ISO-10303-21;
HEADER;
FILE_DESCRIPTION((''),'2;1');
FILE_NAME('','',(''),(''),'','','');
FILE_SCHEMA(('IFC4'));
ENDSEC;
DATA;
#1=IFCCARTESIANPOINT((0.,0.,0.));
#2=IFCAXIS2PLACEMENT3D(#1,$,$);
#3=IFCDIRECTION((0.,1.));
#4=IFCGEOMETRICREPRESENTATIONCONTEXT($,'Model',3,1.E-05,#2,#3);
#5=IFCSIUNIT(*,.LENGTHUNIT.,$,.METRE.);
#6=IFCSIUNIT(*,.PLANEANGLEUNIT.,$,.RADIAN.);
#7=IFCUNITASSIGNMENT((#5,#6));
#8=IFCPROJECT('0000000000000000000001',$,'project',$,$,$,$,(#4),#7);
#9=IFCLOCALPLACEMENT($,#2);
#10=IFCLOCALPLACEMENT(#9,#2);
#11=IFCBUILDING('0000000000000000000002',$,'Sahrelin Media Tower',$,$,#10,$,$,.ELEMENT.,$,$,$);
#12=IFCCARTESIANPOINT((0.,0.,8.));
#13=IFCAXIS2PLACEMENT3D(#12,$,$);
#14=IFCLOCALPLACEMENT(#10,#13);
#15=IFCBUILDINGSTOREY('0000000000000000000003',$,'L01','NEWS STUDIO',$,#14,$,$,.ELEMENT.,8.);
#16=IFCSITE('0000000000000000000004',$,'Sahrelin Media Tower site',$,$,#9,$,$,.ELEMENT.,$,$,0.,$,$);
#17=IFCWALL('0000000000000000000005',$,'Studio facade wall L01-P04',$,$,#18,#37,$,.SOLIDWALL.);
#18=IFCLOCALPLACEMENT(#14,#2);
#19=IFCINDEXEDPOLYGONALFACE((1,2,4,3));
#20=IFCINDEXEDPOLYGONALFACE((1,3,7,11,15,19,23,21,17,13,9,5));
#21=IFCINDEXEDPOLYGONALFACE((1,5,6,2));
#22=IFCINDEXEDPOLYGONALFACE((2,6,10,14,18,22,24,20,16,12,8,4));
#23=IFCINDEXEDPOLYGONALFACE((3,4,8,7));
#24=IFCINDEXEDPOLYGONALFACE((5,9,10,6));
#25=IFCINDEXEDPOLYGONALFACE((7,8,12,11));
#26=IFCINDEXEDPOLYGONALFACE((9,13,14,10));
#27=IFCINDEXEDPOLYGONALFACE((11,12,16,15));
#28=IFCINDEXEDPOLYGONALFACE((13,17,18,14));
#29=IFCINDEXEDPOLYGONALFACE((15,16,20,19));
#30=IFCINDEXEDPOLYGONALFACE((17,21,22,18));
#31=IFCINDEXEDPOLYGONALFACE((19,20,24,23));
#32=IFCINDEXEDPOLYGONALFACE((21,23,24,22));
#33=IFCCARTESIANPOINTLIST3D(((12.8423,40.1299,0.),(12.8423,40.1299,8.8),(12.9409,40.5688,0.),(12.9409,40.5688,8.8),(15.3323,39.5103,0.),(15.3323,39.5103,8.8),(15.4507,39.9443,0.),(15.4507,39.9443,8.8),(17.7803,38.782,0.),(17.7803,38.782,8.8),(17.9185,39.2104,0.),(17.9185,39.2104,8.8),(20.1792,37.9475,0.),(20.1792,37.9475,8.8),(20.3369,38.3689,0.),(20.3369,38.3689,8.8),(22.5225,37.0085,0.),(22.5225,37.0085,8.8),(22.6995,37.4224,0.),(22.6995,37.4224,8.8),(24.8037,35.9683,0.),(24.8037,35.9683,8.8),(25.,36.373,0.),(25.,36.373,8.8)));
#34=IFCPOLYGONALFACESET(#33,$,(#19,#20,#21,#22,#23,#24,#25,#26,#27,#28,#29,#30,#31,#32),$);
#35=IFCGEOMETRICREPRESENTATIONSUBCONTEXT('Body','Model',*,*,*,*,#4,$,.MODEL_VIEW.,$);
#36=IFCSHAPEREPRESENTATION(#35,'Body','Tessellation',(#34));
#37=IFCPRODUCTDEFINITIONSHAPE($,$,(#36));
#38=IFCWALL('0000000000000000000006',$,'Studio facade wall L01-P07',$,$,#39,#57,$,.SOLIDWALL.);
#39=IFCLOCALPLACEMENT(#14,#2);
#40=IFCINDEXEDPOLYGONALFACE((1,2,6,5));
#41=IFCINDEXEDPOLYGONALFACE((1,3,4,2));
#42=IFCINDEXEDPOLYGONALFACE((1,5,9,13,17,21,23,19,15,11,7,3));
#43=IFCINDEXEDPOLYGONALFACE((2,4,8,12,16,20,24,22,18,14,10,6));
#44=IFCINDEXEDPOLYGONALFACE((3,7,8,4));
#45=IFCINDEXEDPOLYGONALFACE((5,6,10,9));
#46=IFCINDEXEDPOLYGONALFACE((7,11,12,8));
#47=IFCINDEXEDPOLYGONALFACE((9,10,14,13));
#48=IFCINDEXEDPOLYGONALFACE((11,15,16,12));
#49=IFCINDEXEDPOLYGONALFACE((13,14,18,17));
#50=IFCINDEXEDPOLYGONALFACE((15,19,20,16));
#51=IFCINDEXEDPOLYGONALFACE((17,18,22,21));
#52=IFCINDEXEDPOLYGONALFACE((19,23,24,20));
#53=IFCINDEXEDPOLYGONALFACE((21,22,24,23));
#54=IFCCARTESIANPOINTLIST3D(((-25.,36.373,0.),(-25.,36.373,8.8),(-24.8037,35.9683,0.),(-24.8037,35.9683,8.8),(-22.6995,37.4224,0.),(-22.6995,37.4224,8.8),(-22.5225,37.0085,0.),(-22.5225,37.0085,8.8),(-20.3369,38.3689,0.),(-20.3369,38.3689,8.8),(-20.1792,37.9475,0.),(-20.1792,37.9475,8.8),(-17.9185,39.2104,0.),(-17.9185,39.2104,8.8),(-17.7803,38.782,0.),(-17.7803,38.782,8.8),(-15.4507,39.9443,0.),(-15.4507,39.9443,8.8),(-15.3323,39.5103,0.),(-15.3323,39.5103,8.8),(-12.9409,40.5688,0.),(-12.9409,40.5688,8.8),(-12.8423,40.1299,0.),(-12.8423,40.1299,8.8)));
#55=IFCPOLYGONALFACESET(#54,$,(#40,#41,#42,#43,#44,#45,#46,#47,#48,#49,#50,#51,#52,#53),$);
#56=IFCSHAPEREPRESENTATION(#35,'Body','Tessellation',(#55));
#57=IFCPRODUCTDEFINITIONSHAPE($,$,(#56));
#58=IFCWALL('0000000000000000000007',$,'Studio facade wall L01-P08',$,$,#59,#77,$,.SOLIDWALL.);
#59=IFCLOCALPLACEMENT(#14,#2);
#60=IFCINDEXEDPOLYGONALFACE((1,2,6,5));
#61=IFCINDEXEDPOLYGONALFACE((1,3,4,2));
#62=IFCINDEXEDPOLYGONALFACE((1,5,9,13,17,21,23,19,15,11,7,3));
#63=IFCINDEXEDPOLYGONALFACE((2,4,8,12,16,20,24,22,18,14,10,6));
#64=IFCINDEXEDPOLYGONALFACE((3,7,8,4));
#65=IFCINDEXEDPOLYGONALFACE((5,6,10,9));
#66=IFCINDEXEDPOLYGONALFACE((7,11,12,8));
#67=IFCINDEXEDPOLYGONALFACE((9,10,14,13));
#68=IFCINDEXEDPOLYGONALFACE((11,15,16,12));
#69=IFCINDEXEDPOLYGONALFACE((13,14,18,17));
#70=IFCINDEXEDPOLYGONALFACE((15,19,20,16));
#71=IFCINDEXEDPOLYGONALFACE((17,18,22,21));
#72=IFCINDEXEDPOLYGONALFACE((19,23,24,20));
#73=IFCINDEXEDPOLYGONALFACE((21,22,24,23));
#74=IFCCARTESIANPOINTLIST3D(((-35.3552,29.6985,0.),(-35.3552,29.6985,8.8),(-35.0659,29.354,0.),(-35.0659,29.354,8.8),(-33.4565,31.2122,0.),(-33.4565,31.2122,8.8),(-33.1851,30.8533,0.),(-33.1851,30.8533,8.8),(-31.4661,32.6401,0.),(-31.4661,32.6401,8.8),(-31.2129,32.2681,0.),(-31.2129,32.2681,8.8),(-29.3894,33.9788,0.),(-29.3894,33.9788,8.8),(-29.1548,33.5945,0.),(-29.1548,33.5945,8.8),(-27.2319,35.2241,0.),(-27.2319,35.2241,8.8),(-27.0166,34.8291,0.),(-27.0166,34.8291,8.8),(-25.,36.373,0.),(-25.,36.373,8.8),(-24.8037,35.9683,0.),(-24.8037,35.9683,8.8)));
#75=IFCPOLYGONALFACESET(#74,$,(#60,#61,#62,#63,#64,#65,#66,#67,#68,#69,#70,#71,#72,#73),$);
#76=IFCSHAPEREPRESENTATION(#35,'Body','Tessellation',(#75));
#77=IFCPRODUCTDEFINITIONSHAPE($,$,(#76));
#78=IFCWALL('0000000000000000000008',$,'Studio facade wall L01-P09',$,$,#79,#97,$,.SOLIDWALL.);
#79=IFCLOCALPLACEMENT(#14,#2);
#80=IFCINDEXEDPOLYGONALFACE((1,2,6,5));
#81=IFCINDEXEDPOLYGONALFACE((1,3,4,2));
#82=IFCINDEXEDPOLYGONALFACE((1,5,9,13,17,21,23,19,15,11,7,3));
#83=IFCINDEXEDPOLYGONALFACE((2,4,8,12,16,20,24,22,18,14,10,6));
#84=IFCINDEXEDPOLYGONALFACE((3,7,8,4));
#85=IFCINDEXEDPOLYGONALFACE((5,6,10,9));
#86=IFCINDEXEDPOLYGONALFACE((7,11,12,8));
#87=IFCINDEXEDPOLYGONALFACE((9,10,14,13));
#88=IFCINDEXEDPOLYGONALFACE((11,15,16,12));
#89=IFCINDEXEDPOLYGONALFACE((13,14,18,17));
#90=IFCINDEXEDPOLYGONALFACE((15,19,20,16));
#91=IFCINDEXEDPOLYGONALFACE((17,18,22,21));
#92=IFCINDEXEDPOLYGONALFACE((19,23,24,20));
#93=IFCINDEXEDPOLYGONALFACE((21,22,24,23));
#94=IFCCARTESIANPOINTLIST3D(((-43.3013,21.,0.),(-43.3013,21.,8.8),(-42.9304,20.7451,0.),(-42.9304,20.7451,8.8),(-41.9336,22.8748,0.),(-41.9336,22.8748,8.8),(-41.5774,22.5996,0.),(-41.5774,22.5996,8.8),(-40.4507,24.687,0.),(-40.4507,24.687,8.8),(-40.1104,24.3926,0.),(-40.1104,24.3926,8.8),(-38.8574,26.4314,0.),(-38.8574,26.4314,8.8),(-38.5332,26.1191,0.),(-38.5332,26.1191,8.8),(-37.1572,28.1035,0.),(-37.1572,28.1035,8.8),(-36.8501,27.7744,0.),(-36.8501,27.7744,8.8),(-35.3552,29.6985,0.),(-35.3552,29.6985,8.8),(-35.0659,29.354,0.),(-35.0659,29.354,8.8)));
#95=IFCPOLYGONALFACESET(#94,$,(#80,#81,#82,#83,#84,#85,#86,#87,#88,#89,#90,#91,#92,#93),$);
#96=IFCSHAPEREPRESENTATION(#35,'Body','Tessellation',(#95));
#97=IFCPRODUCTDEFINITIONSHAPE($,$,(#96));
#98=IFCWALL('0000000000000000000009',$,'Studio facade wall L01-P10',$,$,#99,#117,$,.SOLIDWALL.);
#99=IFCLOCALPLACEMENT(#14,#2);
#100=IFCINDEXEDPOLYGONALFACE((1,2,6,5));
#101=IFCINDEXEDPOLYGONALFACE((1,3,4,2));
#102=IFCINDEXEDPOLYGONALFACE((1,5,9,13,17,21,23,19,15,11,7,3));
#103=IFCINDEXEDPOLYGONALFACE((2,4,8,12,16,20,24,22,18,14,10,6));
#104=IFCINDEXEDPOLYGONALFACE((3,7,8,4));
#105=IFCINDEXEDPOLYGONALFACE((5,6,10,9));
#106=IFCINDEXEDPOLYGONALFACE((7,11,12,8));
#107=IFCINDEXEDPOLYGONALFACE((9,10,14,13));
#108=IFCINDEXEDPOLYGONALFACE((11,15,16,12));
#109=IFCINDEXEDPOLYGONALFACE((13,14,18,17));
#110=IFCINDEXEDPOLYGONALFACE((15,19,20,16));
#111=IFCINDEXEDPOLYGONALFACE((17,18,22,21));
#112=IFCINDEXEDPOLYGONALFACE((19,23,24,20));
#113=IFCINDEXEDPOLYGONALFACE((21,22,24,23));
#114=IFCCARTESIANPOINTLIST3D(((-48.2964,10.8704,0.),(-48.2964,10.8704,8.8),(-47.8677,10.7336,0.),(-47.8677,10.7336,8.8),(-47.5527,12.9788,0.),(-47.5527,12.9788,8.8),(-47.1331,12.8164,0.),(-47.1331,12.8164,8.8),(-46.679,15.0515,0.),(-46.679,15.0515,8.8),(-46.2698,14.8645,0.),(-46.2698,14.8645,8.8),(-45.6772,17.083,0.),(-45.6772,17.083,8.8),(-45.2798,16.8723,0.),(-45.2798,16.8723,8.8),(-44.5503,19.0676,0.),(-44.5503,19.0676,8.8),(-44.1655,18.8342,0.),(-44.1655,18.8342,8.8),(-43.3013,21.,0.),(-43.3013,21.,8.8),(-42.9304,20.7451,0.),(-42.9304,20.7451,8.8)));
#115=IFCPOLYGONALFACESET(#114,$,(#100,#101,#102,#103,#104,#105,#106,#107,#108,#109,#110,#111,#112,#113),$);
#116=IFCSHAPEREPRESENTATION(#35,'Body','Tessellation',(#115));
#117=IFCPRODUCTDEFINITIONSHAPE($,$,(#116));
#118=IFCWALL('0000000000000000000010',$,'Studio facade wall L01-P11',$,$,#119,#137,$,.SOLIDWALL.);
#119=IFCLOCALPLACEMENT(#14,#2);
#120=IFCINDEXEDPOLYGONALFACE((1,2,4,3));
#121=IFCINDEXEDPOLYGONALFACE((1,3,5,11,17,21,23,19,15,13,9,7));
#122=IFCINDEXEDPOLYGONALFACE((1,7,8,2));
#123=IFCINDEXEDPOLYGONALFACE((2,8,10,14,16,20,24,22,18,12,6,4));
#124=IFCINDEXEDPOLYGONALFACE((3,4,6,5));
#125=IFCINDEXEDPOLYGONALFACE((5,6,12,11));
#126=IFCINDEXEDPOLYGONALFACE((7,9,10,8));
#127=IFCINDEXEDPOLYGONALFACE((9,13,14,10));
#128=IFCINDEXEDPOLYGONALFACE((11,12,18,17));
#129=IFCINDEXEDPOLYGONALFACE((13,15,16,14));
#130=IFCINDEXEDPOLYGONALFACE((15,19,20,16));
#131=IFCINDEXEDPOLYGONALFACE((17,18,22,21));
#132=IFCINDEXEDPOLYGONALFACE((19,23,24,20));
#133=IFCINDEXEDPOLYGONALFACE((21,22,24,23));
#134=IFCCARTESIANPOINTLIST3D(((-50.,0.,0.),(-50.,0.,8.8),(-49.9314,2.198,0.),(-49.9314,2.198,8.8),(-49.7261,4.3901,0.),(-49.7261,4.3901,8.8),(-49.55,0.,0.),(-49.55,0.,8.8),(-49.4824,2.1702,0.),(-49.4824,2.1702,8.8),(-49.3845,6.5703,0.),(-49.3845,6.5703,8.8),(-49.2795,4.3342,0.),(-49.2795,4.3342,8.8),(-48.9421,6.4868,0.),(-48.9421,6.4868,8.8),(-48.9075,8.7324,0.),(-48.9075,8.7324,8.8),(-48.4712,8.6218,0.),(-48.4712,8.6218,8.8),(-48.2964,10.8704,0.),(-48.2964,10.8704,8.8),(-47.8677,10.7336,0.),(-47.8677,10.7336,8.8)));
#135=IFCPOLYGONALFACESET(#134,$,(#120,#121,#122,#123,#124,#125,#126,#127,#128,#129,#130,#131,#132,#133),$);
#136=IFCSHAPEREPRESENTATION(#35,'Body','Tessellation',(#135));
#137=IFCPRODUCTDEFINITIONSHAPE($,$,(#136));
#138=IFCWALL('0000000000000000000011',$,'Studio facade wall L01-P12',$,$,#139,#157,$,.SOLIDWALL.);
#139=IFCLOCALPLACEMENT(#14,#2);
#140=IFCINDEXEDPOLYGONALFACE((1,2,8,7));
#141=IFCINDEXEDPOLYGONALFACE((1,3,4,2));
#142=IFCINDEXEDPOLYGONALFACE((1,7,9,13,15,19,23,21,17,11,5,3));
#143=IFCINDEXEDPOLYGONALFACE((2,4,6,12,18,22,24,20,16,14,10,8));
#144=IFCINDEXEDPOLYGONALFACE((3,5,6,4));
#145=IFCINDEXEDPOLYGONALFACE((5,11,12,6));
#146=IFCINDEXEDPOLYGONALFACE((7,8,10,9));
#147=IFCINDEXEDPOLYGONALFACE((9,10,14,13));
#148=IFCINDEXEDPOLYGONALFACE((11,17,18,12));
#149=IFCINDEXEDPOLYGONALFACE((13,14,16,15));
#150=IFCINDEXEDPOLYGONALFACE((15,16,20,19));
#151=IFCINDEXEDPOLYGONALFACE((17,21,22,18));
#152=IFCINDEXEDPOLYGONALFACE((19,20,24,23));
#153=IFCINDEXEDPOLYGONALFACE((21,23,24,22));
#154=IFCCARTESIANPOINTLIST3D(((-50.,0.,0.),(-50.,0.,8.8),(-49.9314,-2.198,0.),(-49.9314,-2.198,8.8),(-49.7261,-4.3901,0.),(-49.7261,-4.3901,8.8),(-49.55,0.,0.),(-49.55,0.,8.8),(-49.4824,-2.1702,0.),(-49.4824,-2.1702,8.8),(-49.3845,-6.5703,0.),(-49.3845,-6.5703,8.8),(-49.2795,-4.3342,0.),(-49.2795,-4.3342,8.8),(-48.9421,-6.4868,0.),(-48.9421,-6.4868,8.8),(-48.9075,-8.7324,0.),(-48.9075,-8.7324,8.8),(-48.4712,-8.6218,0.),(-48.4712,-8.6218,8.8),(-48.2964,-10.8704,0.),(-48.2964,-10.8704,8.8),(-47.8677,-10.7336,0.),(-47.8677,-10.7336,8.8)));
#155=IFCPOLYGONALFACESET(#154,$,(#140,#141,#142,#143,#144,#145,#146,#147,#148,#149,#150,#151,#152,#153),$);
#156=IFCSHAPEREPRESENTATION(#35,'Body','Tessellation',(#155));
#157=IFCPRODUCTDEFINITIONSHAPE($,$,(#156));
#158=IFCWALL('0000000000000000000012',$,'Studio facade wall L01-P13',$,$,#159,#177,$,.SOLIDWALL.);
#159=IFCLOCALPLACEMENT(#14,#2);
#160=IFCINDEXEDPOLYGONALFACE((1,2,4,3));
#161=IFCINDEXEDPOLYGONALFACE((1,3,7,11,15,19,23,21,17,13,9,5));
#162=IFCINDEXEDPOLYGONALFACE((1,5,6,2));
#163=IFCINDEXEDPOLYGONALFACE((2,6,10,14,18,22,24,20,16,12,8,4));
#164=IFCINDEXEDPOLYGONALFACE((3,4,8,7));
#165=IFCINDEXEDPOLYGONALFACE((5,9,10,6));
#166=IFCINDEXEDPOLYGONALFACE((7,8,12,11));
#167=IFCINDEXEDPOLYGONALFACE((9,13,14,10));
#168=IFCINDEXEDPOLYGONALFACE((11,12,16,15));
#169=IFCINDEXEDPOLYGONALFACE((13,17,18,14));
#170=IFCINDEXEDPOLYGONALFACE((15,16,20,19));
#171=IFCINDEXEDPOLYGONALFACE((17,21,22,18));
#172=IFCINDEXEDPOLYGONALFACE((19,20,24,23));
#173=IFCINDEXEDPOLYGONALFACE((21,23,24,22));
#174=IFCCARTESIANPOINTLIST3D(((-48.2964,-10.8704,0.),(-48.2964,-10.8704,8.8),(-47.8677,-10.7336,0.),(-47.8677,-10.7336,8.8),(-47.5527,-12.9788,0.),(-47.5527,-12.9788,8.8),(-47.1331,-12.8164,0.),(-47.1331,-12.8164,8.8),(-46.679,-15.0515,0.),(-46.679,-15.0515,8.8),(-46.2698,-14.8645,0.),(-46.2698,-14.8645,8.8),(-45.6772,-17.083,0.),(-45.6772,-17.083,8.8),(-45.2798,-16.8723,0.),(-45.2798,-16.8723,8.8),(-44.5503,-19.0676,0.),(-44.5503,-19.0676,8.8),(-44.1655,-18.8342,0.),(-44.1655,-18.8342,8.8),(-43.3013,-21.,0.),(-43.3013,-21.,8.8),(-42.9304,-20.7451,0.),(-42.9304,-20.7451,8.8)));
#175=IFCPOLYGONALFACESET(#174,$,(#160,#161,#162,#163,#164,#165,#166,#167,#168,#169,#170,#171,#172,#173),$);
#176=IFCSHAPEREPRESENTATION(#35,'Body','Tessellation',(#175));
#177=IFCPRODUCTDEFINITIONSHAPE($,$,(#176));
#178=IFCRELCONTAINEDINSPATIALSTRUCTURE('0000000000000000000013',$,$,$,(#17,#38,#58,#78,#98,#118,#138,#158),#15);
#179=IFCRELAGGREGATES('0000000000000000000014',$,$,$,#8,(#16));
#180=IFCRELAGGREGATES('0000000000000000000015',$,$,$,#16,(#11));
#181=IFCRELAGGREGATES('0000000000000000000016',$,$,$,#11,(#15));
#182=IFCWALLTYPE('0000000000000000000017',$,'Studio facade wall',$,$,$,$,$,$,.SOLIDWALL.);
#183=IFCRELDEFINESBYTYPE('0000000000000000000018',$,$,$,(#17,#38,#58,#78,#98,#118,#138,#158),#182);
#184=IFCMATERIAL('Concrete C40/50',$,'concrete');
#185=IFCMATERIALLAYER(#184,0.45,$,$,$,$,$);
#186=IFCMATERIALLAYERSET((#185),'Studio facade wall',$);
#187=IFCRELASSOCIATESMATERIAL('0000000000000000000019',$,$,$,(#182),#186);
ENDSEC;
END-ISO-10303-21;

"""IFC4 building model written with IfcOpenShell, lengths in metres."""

from ifc_helpers import new_model, si_unit, direction, frame, origin, place, context, subcontext, project, spatial, polyline, outline, extrude, material, layer, layer_set, type_object, element, save


model = new_model("IFC4")

# Units and contexts
model_context = context("Model", 3, precision=1e-05, world=origin(), true_north=direction((0.0, 1.0)))
body_context = subcontext(model_context, "Body", "Model", "MODEL_VIEW")
ifc_project = project(units=[si_unit("LENGTHUNIT", "METRE"), si_unit("PLANEANGLEUNIT", "RADIAN")], contexts=[model_context])

# Site, building, storey
site_placement = place(None, origin())
site = spatial("IfcSite", under=ifc_project, at=site_placement, Name="Sahrelin Media Tower site", CompositionType="ELEMENT", RefElevation=0.0)
building_placement = place(site_placement, origin())
building = spatial("IfcBuilding", under=site, at=building_placement, Name="Sahrelin Media Tower", CompositionType="ELEMENT")
storey_placement = place(building_placement, frame((0.0, 0.0, 8.0)))
storey = spatial("IfcBuildingStorey", under=building, at=storey_placement, Name="L01", Description="NEWS STUDIO", CompositionType="ELEMENT", Elevation=8.0)

# Shared definitions
ifc_material_1 = material(Name="Concrete C40/50", Category="concrete")

# Walls
placement = place(storey_placement, origin())
ifc_layer_1 = layer(ifc_material_1, 0.45)
ifc_layer_set_1 = layer_set([ifc_layer_1], Name="Studio facade wall")
wall_type_1 = type_object("IfcWallType", Name="Studio facade wall", PredefinedType="SOLIDWALL", material=ifc_layer_set_1)
element("IfcWall", 1, at=placement, inside=storey, type_object=wall_type_1, Name="Studio facade wall L01-P04", PredefinedType="SOLIDWALL", context=body_context, shape_type="SweptSolid", body=[
    extrude(outline(polyline([(25.0, 36.373), (22.6995, 37.4224), (20.3369, 38.3689), (17.9185, 39.2104), (15.4507, 39.9443), (12.9409, 40.5688), (12.8423, 40.1299), (15.3323, 39.5103), (17.7803, 38.782), (20.1792, 37.9475), (22.5225, 37.0085), (24.8037, 35.9683), (25.0, 36.373)])), origin(), (0.0, 0.0, 1.0), 8.8),
])
element("IfcWall", 2, at=placement, inside=storey, type_object=wall_type_1, Name="Studio facade wall L01-P07", PredefinedType="SOLIDWALL", context=body_context, shape_type="SweptSolid", body=[
    extrude(outline(polyline([(-12.9409, 40.5688), (-15.4507, 39.9443), (-17.9185, 39.2104), (-20.3369, 38.3689), (-22.6995, 37.4224), (-25.0, 36.373), (-24.8037, 35.9683), (-22.5225, 37.0085), (-20.1792, 37.9475), (-17.7803, 38.782), (-15.3323, 39.5103), (-12.8423, 40.1299), (-12.9409, 40.5688)])), origin(), (0.0, 0.0, 1.0), 8.8),
])
element("IfcWall", 3, at=placement, inside=storey, type_object=wall_type_1, Name="Studio facade wall L01-P08", PredefinedType="SOLIDWALL", context=body_context, shape_type="SweptSolid", body=[
    extrude(outline(polyline([(-25.0, 36.373), (-27.2319, 35.2241), (-29.3894, 33.9788), (-31.4661, 32.6401), (-33.4565, 31.2122), (-35.3552, 29.6985), (-35.0659, 29.354), (-33.1851, 30.8533), (-31.2129, 32.2681), (-29.1548, 33.5945), (-27.0166, 34.8291), (-24.8037, 35.9683), (-25.0, 36.373)])), origin(), (0.0, 0.0, 1.0), 8.8),
])
element("IfcWall", 4, at=placement, inside=storey, type_object=wall_type_1, Name="Studio facade wall L01-P09", PredefinedType="SOLIDWALL", context=body_context, shape_type="SweptSolid", body=[
    extrude(outline(polyline([(-35.3552, 29.6985), (-37.1572, 28.1035), (-38.8574, 26.4314), (-40.4507, 24.687), (-41.9336, 22.8748), (-43.3013, 21.0), (-42.9304, 20.7451), (-41.5774, 22.5996), (-40.1104, 24.3926), (-38.5332, 26.1191), (-36.8501, 27.7744), (-35.0659, 29.354), (-35.3552, 29.6985)])), origin(), (0.0, 0.0, 1.0), 8.8),
])
element("IfcWall", 5, at=placement, inside=storey, type_object=wall_type_1, Name="Studio facade wall L01-P10", PredefinedType="SOLIDWALL", context=body_context, shape_type="SweptSolid", body=[
    extrude(outline(polyline([(-43.3013, 21.0), (-44.5503, 19.0676), (-45.6772, 17.083), (-46.679, 15.0515), (-47.5527, 12.9788), (-48.2964, 10.8704), (-47.8677, 10.7336), (-47.1331, 12.8164), (-46.2698, 14.8645), (-45.2798, 16.8723), (-44.1655, 18.8342), (-42.9304, 20.7451), (-43.3013, 21.0)])), origin(), (0.0, 0.0, 1.0), 8.8),
])
element("IfcWall", 6, at=placement, inside=storey, type_object=wall_type_1, Name="Studio facade wall L01-P11", PredefinedType="SOLIDWALL", context=body_context, shape_type="SweptSolid", body=[
    extrude(outline(polyline([(-48.2964, 10.8704), (-48.9075, 8.7324), (-49.3845, 6.5703), (-49.7261, 4.3901), (-49.9314, 2.198), (-50.0, 0.0), (-49.55, 0.0), (-49.4824, 2.1702), (-49.2795, 4.3342), (-48.9421, 6.4868), (-48.4712, 8.6218), (-47.8677, 10.7336), (-48.2964, 10.8704)])), origin(), (0.0, 0.0, 1.0), 8.8),
])
element("IfcWall", 7, at=placement, inside=storey, type_object=wall_type_1, Name="Studio facade wall L01-P12", PredefinedType="SOLIDWALL", context=body_context, shape_type="SweptSolid", body=[
    extrude(outline(polyline([(-50.0, 0.0), (-49.9314, -2.198), (-49.7261, -4.3901), (-49.3845, -6.5703), (-48.9075, -8.7324), (-48.2964, -10.8704), (-47.8677, -10.7336), (-48.4712, -8.6218), (-48.9421, -6.4868), (-49.2795, -4.3342), (-49.4824, -2.1702), (-49.55, 0.0), (-50.0, 0.0)])), origin(), (0.0, 0.0, 1.0), 8.8),
])
element("IfcWall", 8, at=placement, inside=storey, type_object=wall_type_1, Name="Studio facade wall L01-P13", PredefinedType="SOLIDWALL", context=body_context, shape_type="SweptSolid", body=[
    extrude(outline(polyline([(-48.2964, -10.8704), (-47.5527, -12.9788), (-46.679, -15.0515), (-45.6772, -17.083), (-44.5503, -19.0676), (-43.3013, -21.0), (-42.9304, -20.7451), (-44.1655, -18.8342), (-45.2798, -16.8723), (-46.2698, -14.8645), (-47.1331, -12.8164), (-47.8677, -10.7336), (-48.2964, -10.8704)])), origin(), (0.0, 0.0, 1.0), 8.8),
])

save(model, "model.ifc")
